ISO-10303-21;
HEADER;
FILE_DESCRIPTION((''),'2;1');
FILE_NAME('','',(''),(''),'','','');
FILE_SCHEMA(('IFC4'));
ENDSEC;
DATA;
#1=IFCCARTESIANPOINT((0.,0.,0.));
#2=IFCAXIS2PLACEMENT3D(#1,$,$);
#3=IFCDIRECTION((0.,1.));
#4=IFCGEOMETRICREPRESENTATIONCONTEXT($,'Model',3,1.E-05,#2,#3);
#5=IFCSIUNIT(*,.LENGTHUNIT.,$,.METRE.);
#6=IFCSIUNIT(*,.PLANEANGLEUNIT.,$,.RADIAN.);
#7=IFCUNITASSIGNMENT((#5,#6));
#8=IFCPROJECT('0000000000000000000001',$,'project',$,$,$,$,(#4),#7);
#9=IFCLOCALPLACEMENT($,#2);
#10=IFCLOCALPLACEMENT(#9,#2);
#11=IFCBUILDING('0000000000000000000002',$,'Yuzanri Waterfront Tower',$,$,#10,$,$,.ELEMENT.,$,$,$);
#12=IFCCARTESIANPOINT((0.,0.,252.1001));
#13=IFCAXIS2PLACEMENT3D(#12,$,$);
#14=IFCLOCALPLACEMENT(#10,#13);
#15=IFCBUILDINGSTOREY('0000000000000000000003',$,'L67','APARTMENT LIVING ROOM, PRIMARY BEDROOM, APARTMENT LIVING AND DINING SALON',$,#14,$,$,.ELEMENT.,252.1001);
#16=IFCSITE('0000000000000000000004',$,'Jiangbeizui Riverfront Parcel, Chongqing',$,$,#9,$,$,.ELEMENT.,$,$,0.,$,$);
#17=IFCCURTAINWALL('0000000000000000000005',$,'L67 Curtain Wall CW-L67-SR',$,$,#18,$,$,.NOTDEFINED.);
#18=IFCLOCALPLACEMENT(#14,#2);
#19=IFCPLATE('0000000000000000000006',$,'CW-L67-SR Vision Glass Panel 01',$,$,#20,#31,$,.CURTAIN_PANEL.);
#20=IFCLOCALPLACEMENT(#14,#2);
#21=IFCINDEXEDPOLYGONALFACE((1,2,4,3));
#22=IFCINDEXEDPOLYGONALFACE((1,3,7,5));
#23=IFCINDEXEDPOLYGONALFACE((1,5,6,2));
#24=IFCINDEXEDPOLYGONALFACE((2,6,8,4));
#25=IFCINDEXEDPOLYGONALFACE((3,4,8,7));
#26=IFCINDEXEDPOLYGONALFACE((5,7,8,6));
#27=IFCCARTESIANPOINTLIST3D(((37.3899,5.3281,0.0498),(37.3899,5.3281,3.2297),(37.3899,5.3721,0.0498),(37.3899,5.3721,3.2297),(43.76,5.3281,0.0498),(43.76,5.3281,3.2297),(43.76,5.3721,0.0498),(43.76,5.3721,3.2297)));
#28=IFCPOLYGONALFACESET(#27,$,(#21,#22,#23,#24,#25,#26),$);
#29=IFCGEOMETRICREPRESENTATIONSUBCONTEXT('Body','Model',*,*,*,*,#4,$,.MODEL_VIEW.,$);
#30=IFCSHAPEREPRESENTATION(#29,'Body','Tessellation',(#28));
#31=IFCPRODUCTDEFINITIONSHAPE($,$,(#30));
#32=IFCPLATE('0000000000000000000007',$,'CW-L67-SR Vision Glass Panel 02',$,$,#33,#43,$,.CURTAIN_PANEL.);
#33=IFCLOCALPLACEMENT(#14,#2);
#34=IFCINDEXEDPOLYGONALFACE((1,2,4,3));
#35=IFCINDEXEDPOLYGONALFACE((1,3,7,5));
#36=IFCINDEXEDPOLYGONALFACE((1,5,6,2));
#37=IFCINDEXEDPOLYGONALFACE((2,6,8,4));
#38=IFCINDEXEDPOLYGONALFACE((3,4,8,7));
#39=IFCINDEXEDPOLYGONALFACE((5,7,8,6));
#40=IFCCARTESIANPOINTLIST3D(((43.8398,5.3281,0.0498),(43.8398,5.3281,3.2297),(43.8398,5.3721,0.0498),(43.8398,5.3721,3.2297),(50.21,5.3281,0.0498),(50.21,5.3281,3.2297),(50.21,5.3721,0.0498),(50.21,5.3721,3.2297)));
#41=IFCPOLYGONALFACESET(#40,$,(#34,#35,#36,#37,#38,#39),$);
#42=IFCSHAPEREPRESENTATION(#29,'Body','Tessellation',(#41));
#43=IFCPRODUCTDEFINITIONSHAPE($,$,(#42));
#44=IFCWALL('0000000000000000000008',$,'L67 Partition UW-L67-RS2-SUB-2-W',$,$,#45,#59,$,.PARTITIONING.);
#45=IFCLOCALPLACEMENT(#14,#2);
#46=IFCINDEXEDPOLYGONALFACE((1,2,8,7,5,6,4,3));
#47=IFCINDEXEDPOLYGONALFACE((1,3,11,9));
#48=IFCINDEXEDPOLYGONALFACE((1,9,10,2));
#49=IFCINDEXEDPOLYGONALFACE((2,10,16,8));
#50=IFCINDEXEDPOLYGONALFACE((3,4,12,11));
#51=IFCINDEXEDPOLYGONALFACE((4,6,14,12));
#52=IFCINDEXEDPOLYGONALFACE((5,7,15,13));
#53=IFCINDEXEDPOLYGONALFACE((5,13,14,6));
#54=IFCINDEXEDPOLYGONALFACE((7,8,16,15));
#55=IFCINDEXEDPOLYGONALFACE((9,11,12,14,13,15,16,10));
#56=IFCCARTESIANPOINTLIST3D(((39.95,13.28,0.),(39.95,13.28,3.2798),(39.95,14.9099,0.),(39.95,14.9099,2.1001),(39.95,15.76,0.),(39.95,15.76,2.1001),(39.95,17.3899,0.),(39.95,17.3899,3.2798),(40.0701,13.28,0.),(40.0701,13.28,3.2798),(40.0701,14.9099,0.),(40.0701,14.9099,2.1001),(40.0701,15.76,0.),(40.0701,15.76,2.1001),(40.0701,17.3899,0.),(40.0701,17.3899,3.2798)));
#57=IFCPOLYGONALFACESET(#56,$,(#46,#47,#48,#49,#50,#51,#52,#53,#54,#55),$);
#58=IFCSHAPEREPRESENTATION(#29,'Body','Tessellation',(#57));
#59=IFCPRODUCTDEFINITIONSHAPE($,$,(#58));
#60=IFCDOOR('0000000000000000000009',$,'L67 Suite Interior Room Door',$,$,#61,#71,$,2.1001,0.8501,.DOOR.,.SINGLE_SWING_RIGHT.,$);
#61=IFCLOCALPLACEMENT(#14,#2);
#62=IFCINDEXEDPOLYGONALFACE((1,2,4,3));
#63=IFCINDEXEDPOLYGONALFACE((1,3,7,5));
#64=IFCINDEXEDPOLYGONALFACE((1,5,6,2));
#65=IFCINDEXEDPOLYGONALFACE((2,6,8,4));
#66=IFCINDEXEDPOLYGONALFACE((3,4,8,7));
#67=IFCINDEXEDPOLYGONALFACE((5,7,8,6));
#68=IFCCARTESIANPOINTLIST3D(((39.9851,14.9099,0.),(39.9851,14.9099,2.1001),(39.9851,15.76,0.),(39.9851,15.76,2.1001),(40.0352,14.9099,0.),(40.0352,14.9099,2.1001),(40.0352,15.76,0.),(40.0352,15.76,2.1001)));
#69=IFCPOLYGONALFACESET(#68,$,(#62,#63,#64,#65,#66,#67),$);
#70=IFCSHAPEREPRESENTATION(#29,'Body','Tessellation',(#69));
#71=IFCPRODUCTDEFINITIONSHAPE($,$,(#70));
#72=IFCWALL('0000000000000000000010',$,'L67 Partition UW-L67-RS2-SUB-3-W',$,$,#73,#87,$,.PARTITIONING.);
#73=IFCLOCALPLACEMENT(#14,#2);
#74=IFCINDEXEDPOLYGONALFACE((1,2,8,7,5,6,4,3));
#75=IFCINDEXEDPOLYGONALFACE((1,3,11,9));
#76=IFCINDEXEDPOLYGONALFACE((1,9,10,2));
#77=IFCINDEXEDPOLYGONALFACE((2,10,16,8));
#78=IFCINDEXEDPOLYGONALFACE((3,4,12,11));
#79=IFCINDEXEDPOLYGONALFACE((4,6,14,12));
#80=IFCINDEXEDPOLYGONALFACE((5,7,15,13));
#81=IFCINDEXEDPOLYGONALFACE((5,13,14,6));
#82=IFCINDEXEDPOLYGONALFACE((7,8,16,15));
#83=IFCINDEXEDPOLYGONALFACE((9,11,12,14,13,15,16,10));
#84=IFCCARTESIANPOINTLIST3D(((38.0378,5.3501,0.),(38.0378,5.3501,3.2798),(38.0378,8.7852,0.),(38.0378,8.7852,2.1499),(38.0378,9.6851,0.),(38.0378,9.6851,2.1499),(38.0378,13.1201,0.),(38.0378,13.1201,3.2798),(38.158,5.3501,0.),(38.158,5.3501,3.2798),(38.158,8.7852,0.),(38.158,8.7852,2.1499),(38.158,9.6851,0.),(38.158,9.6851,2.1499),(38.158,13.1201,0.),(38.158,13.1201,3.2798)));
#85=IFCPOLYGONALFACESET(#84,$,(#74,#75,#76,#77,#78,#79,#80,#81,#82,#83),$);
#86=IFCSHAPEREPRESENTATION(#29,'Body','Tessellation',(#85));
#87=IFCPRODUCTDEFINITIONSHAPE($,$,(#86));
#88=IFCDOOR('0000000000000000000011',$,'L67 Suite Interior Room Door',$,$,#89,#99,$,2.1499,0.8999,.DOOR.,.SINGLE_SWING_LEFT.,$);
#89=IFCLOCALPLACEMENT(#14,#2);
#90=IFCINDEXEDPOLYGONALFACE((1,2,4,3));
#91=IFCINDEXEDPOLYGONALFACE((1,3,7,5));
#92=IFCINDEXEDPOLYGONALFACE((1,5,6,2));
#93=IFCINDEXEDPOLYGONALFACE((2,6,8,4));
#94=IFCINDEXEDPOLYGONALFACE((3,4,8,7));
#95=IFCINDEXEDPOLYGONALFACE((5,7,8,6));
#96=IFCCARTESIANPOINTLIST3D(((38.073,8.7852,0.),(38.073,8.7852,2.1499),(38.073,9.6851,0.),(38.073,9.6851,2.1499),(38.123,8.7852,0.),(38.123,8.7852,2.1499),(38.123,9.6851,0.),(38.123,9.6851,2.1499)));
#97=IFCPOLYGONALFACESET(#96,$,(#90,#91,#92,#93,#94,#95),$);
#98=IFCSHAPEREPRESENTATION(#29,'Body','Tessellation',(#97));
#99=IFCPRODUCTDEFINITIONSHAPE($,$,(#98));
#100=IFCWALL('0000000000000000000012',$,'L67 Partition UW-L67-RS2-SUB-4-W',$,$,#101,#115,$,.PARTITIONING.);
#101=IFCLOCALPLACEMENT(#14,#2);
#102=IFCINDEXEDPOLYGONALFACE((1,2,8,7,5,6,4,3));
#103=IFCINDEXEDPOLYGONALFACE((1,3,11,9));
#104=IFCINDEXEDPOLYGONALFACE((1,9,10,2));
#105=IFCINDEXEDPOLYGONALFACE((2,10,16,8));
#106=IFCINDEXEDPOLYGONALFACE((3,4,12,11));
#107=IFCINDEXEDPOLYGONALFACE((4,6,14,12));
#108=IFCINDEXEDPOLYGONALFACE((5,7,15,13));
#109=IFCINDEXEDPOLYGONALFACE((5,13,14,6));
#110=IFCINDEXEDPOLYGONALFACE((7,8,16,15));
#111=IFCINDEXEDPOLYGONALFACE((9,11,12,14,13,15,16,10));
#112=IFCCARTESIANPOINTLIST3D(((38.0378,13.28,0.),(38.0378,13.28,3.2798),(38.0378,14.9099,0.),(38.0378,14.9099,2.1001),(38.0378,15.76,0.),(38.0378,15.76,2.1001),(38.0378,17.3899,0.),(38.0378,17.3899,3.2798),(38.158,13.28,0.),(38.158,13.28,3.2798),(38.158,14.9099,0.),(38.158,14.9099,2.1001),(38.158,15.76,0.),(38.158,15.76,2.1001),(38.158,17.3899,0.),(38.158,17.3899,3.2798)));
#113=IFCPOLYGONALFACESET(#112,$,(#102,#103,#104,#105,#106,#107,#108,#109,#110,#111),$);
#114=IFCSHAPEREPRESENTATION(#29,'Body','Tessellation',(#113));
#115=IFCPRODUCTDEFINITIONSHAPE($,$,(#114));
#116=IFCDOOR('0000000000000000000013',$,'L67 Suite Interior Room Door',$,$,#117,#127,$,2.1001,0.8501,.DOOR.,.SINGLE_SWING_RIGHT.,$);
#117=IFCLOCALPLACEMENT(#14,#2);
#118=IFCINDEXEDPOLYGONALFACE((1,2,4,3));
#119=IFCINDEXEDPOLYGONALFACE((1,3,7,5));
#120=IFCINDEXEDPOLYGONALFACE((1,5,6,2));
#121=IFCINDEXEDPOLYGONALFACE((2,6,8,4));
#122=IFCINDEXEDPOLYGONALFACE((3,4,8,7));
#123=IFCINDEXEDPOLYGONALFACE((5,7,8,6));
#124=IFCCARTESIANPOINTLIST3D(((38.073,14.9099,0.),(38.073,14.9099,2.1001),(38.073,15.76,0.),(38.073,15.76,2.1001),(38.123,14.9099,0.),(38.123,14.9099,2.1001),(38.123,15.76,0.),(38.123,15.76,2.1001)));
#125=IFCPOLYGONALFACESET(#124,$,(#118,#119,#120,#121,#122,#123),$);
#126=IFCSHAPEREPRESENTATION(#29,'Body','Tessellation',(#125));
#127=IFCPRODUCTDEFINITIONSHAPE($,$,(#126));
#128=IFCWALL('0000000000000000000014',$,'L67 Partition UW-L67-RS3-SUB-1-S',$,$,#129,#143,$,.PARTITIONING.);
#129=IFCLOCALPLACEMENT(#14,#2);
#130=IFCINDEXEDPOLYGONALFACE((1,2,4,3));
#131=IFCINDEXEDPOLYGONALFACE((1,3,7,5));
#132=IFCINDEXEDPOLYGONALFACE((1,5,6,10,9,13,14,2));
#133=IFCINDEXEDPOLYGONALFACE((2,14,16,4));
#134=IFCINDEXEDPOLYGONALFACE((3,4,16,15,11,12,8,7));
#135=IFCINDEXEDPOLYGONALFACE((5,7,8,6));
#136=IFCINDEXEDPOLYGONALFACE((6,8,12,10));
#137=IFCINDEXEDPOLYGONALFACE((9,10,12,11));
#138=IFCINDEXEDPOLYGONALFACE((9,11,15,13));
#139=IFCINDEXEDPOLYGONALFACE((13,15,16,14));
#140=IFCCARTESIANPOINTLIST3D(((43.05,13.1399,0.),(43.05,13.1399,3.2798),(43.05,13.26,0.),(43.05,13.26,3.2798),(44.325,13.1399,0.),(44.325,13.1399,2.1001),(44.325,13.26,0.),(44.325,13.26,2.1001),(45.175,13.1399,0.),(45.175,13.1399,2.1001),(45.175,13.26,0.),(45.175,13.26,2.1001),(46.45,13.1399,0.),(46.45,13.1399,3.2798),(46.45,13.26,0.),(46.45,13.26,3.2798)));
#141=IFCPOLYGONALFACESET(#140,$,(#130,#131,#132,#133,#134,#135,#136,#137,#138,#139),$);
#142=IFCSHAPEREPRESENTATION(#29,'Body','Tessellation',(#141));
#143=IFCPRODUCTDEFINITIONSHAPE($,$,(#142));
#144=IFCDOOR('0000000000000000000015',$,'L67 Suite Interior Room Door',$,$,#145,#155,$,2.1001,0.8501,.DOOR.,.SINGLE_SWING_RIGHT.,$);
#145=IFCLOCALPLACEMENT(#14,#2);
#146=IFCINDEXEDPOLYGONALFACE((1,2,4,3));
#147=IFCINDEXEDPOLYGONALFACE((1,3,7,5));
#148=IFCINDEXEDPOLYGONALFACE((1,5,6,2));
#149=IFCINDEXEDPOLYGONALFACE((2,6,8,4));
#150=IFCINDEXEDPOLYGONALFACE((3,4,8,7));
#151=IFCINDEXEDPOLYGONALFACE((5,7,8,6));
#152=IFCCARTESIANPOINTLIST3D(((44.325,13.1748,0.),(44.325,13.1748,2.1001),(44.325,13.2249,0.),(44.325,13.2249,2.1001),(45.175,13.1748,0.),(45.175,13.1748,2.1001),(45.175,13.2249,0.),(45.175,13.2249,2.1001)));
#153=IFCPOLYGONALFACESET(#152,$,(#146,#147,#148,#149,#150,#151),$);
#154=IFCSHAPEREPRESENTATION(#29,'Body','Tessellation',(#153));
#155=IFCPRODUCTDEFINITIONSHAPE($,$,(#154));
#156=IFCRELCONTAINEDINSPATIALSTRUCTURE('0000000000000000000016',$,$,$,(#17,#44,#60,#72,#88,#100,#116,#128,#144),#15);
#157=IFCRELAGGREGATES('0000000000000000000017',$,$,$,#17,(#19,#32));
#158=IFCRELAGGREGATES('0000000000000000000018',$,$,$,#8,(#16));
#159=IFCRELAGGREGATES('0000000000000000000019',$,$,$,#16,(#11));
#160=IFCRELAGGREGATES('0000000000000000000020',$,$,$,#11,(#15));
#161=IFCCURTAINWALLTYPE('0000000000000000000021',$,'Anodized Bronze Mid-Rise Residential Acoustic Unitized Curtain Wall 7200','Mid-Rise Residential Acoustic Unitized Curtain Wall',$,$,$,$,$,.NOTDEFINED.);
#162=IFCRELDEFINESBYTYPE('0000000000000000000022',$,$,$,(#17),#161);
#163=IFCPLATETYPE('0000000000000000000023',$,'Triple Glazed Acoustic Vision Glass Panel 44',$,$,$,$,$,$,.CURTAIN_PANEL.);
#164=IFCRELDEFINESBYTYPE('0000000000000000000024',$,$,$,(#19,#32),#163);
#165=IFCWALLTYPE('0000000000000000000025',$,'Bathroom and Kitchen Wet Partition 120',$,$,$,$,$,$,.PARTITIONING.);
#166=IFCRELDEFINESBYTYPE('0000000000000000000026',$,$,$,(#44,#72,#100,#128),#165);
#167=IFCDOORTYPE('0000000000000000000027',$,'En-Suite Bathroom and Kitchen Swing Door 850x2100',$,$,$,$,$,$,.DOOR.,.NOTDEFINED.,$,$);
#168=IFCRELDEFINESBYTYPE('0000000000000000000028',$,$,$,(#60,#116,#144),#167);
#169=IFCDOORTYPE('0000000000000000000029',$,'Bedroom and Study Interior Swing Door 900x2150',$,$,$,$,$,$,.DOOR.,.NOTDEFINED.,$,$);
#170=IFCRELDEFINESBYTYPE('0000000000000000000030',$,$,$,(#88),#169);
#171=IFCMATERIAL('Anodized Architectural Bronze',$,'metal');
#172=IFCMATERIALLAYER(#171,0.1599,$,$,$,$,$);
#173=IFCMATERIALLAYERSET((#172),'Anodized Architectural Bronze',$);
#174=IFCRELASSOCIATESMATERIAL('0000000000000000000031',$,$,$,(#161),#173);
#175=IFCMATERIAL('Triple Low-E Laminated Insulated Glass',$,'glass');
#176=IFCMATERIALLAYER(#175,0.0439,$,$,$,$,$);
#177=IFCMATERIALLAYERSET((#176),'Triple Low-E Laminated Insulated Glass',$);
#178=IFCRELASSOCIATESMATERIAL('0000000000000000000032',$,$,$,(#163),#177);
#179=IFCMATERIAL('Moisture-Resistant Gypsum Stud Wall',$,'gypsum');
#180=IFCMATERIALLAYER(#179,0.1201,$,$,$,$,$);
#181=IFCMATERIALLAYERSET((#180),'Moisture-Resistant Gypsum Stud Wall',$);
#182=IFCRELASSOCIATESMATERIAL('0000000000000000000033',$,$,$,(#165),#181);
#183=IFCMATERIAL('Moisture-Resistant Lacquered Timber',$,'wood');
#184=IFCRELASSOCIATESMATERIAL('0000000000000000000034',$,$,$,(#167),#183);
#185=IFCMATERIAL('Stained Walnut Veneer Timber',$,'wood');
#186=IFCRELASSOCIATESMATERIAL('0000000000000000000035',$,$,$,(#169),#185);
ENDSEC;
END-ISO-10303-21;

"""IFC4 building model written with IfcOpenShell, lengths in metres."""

from ifc_helpers import new_model, si_unit, direction, frame, frame_2d, origin, origin_2d, place, context, subcontext, project, spatial, rectangle, extrude, source, transform, mapped, material, layer, layer_set, type_object, element, fill, aggregate, save


model = new_model("IFC4")

# Units and contexts
model_context = context("Model", 3, precision=1e-05, world=origin(), true_north=direction((0.0, 1.0)))
body_context = subcontext(model_context, "Body", "Model", "MODEL_VIEW")
ifc_project = project(units=[si_unit("LENGTHUNIT", "METRE"), si_unit("PLANEANGLEUNIT", "RADIAN")], contexts=[model_context])

# Site, building, storey
site_placement = place(None, origin())
site = spatial("IfcSite", under=ifc_project, at=site_placement, Name="Jiangbeizui Riverfront Parcel, Chongqing", CompositionType="ELEMENT", RefElevation=0.0)
building_placement = place(site_placement, origin())
building = spatial("IfcBuilding", under=site, at=building_placement, Name="Yuzanri Waterfront Tower", CompositionType="ELEMENT")
storey_placement = place(building_placement, frame((0.0, 0.0, 252.1001)))
storey = spatial("IfcBuildingStorey", under=building, at=storey_placement, Name="L67", Description="APARTMENT LIVING ROOM, PRIMARY BEDROOM, APARTMENT LIVING AND DINING SALON", CompositionType="ELEMENT", Elevation=252.1001)

# Curtain wall, plates
ifc_material_1 = material(Name="Anodized Architectural Bronze", Category="metal")
ifc_layer_1 = layer(ifc_material_1, 0.1599)
ifc_layer_set_1 = layer_set([ifc_layer_1], Name="Anodized Architectural Bronze")
curtain_wall_type = type_object("IfcCurtainWallType", Name="Anodized Bronze Mid-Rise Residential Acoustic Unitized Curtain Wall 7200", Description="Mid-Rise Residential Acoustic Unitized Curtain Wall", PredefinedType="NOTDEFINED", material=ifc_layer_set_1)
curtain_wall_placement = place(storey_placement, origin())
curtain_wall = element("IfcCurtainWall", 1, at=curtain_wall_placement, inside=storey, type_object=curtain_wall_type, Name="L67 Curtain Wall CW-L67-SR", PredefinedType="NOTDEFINED")
ifc_material_2 = material(Name="Triple Low-E Laminated Insulated Glass", Category="glass")
ifc_layer_2 = layer(ifc_material_2, 0.0439)
ifc_layer_set_2 = layer_set([ifc_layer_2], Name="Triple Low-E Laminated Insulated Glass")
plate_type = type_object("IfcPlateType", Name="Triple Glazed Acoustic Vision Glass Panel 44", PredefinedType="CURTAIN_PANEL", material=ifc_layer_set_2)
shared_shape_1 = source(origin(), body_context, "Body", "SweptSolid", [
    extrude(rectangle(XDim=6.3701, YDim=0.0439, at=origin_2d()), origin(), (0.0, 0.0, 1.0), 3.1799),
])
plate_1_placement = place(storey_placement, frame((40.575, 5.3501, 0.0498), z_axis=(0.0, 0.0, 1.0), x_axis=(1.0, 0.0, 0.0)))
plate_1 = element("IfcPlate", 2, at=plate_1_placement, type_object=plate_type, Name="CW-L67-SR Vision Glass Panel 01", PredefinedType="CURTAIN_PANEL", context=body_context, shape_type="MappedRepresentation", body=[
    mapped(shared_shape_1, transform((0.0, 0.0, 0.0), scale=1.0)),
])
plate_2_placement = place(storey_placement, frame((47.0249, 5.3501, 0.0498), z_axis=(0.0, 0.0, 1.0), x_axis=(1.0, 0.0, 0.0)))
plate_2 = element("IfcPlate", 3, at=plate_2_placement, type_object=plate_type, Name="CW-L67-SR Vision Glass Panel 02", PredefinedType="CURTAIN_PANEL", context=body_context, shape_type="MappedRepresentation", body=[
    mapped(shared_shape_1, transform((0.0, 0.0, 0.0), scale=1.0)),
])
aggregate(curtain_wall, [plate_1, plate_2])

# Walls, openings, doors
ifc_material_3 = material(Name="Moisture-Resistant Gypsum Stud Wall", Category="gypsum")
ifc_layer_3 = layer(ifc_material_3, 0.1201)
ifc_layer_set_3 = layer_set([ifc_layer_3], Name="Moisture-Resistant Gypsum Stud Wall")
wall_type_1 = type_object("IfcWallType", Name="Bathroom and Kitchen Wet Partition 120", PredefinedType="PARTITIONING", material=ifc_layer_set_3)
wall_1_placement = place(storey_placement, frame((40.01, 13.28, 0.0), z_axis=(0.0, 0.0, 1.0), x_axis=(0.0, 1.0, 0.0)))
wall_1 = element("IfcWall", 4, at=wall_1_placement, inside=storey, type_object=wall_type_1, Name="L67 Partition UW-L67-RS2-SUB-2-W", PredefinedType="PARTITIONING", context=body_context, shape_type="SweptSolid", body=[
    extrude(rectangle(XDim=4.1099, YDim=0.1201, at=frame_2d((2.0549, 0.0))), origin(), (0.0, 0.0, 1.0), 3.2798),
])
opening_1_placement = place(wall_1_placement, frame((1.6299, 0.0, 0.0)))
opening_1 = element("IfcOpeningElement", 5, at=opening_1_placement, cuts=wall_1, PredefinedType="OPENING", context=body_context, shape_type="SweptSolid", body=[
    extrude(rectangle(XDim=0.8501, YDim=2.1001, at=frame_2d((0.425, 1.05))), frame((0.0, 0.075, 0.0), z_axis=(0.0, -1.0, 0.0), x_axis=(1.0, 0.0, 0.0)), (0.0, 0.0, 1.0), 0.1499),
])
ifc_material_4 = material(Name="Moisture-Resistant Lacquered Timber", Category="wood")
door_type_1 = type_object("IfcDoorType", Name="En-Suite Bathroom and Kitchen Swing Door 850x2100", OperationType="NOTDEFINED", PredefinedType="DOOR", material=ifc_material_4)
shared_shape_2 = source(origin(), body_context, "Body", "SweptSolid", [
    extrude(rectangle(XDim=0.8501, YDim=2.1001, at=frame_2d((0.425, 1.05))), frame((0.0, 0.0249, 0.0), z_axis=(0.0, -1.0, 0.0), x_axis=(1.0, 0.0, 0.0)), (0.0, 0.0, 1.0), 0.05),
])
door_1_placement = place(opening_1_placement, origin())
door_1 = element("IfcDoor", 6, at=door_1_placement, inside=storey, type_object=door_type_1, Name="L67 Suite Interior Room Door", OperationType="SINGLE_SWING_RIGHT", OverallHeight=2.1001, OverallWidth=0.8501, PredefinedType="DOOR", context=body_context, shape_type="MappedRepresentation", body=[
    mapped(shared_shape_2, transform((0.0, 0.0, 0.0), scale=1.0)),
])
fill(opening_1, door_1)
wall_2_placement = place(storey_placement, frame((38.0979, 5.3501, 0.0), z_axis=(0.0, 0.0, 1.0), x_axis=(0.0, 1.0, 0.0)))
wall_2 = element("IfcWall", 7, at=wall_2_placement, inside=storey, type_object=wall_type_1, Name="L67 Partition UW-L67-RS2-SUB-3-W", PredefinedType="PARTITIONING", context=body_context, shape_type="SweptSolid", body=[
    extrude(rectangle(XDim=7.77, YDim=0.1201, at=frame_2d((3.885, 0.0))), origin(), (0.0, 0.0, 1.0), 3.2798),
])
opening_2_placement = place(wall_2_placement, frame((3.4351, 0.0, 0.0)))
opening_2 = element("IfcOpeningElement", 8, at=opening_2_placement, cuts=wall_2, PredefinedType="OPENING", context=body_context, shape_type="SweptSolid", body=[
    extrude(rectangle(XDim=0.8999, YDim=2.1499, at=frame_2d((0.45, 1.075))), frame((0.0, 0.075, 0.0), z_axis=(0.0, -1.0, 0.0), x_axis=(1.0, 0.0, 0.0)), (0.0, 0.0, 1.0), 0.1499),
])
ifc_material_5 = material(Name="Stained Walnut Veneer Timber", Category="wood")
door_type_2 = type_object("IfcDoorType", Name="Bedroom and Study Interior Swing Door 900x2150", OperationType="NOTDEFINED", PredefinedType="DOOR", material=ifc_material_5)
shared_shape_3 = source(origin(), body_context, "Body", "SweptSolid", [
    extrude(rectangle(XDim=0.8999, YDim=2.1499, at=frame_2d((0.45, 1.075))), frame((0.0, 0.0249, 0.0), z_axis=(0.0, -1.0, 0.0), x_axis=(1.0, 0.0, 0.0)), (0.0, 0.0, 1.0), 0.05),
])
door_2_placement = place(opening_2_placement, origin())
door_2 = element("IfcDoor", 9, at=door_2_placement, inside=storey, type_object=door_type_2, Name="L67 Suite Interior Room Door", OperationType="SINGLE_SWING_LEFT", OverallHeight=2.1499, OverallWidth=0.8999, PredefinedType="DOOR", context=body_context, shape_type="MappedRepresentation", body=[
    mapped(shared_shape_3, transform((0.0, 0.0, 0.0), scale=1.0)),
])
fill(opening_2, door_2)
wall_3_placement = place(storey_placement, frame((38.0979, 13.28, 0.0), z_axis=(0.0, 0.0, 1.0), x_axis=(0.0, 1.0, 0.0)))
wall_3 = element("IfcWall", 10, at=wall_3_placement, inside=storey, type_object=wall_type_1, Name="L67 Partition UW-L67-RS2-SUB-4-W", PredefinedType="PARTITIONING", context=body_context, shape_type="SweptSolid", body=[
    extrude(rectangle(XDim=4.1099, YDim=0.1201, at=frame_2d((2.0549, 0.0))), origin(), (0.0, 0.0, 1.0), 3.2798),
])
opening_3_placement = place(wall_3_placement, frame((1.6299, 0.0, 0.0)))
opening_3 = element("IfcOpeningElement", 11, at=opening_3_placement, cuts=wall_3, PredefinedType="OPENING", context=body_context, shape_type="SweptSolid", body=[
    extrude(rectangle(XDim=0.8501, YDim=2.1001, at=frame_2d((0.425, 1.05))), frame((0.0, 0.075, 0.0), z_axis=(0.0, -1.0, 0.0), x_axis=(1.0, 0.0, 0.0)), (0.0, 0.0, 1.0), 0.1499),
])
door_3_placement = place(opening_3_placement, origin())
door_3 = element("IfcDoor", 12, at=door_3_placement, inside=storey, type_object=door_type_1, Name="L67 Suite Interior Room Door", OperationType="SINGLE_SWING_RIGHT", OverallHeight=2.1001, OverallWidth=0.8501, PredefinedType="DOOR", context=body_context, shape_type="MappedRepresentation", body=[
    mapped(shared_shape_2, transform((0.0, 0.0, 0.0), scale=1.0)),
])
fill(opening_3, door_3)
wall_4_placement = place(storey_placement, frame((43.05, 13.2, 0.0), z_axis=(0.0, 0.0, 1.0), x_axis=(1.0, 0.0, 0.0)))
wall_4 = element("IfcWall", 13, at=wall_4_placement, inside=storey, type_object=wall_type_1, Name="L67 Partition UW-L67-RS3-SUB-1-S", PredefinedType="PARTITIONING", context=body_context, shape_type="SweptSolid", body=[
    extrude(rectangle(XDim=3.3999, YDim=0.1201, at=frame_2d((1.7, 0.0))), origin(), (0.0, 0.0, 1.0), 3.2798),
])
opening_4_placement = place(wall_4_placement, frame((1.2749, 0.0, 0.0)))
opening_4 = element("IfcOpeningElement", 14, at=opening_4_placement, cuts=wall_4, PredefinedType="OPENING", context=body_context, shape_type="SweptSolid", body=[
    extrude(rectangle(XDim=0.8501, YDim=2.1001, at=frame_2d((0.425, 1.05))), frame((0.0, 0.075, 0.0), z_axis=(0.0, -1.0, 0.0), x_axis=(1.0, 0.0, 0.0)), (0.0, 0.0, 1.0), 0.1499),
])
door_4_placement = place(opening_4_placement, origin())
door_4 = element("IfcDoor", 15, at=door_4_placement, inside=storey, type_object=door_type_1, Name="L67 Suite Interior Room Door", OperationType="SINGLE_SWING_RIGHT", OverallHeight=2.1001, OverallWidth=0.8501, PredefinedType="DOOR", context=body_context, shape_type="MappedRepresentation", body=[
    mapped(shared_shape_2, transform((0.0, 0.0, 0.0), scale=1.0)),
])
fill(opening_4, door_4)

save(model, "model.ifc")
